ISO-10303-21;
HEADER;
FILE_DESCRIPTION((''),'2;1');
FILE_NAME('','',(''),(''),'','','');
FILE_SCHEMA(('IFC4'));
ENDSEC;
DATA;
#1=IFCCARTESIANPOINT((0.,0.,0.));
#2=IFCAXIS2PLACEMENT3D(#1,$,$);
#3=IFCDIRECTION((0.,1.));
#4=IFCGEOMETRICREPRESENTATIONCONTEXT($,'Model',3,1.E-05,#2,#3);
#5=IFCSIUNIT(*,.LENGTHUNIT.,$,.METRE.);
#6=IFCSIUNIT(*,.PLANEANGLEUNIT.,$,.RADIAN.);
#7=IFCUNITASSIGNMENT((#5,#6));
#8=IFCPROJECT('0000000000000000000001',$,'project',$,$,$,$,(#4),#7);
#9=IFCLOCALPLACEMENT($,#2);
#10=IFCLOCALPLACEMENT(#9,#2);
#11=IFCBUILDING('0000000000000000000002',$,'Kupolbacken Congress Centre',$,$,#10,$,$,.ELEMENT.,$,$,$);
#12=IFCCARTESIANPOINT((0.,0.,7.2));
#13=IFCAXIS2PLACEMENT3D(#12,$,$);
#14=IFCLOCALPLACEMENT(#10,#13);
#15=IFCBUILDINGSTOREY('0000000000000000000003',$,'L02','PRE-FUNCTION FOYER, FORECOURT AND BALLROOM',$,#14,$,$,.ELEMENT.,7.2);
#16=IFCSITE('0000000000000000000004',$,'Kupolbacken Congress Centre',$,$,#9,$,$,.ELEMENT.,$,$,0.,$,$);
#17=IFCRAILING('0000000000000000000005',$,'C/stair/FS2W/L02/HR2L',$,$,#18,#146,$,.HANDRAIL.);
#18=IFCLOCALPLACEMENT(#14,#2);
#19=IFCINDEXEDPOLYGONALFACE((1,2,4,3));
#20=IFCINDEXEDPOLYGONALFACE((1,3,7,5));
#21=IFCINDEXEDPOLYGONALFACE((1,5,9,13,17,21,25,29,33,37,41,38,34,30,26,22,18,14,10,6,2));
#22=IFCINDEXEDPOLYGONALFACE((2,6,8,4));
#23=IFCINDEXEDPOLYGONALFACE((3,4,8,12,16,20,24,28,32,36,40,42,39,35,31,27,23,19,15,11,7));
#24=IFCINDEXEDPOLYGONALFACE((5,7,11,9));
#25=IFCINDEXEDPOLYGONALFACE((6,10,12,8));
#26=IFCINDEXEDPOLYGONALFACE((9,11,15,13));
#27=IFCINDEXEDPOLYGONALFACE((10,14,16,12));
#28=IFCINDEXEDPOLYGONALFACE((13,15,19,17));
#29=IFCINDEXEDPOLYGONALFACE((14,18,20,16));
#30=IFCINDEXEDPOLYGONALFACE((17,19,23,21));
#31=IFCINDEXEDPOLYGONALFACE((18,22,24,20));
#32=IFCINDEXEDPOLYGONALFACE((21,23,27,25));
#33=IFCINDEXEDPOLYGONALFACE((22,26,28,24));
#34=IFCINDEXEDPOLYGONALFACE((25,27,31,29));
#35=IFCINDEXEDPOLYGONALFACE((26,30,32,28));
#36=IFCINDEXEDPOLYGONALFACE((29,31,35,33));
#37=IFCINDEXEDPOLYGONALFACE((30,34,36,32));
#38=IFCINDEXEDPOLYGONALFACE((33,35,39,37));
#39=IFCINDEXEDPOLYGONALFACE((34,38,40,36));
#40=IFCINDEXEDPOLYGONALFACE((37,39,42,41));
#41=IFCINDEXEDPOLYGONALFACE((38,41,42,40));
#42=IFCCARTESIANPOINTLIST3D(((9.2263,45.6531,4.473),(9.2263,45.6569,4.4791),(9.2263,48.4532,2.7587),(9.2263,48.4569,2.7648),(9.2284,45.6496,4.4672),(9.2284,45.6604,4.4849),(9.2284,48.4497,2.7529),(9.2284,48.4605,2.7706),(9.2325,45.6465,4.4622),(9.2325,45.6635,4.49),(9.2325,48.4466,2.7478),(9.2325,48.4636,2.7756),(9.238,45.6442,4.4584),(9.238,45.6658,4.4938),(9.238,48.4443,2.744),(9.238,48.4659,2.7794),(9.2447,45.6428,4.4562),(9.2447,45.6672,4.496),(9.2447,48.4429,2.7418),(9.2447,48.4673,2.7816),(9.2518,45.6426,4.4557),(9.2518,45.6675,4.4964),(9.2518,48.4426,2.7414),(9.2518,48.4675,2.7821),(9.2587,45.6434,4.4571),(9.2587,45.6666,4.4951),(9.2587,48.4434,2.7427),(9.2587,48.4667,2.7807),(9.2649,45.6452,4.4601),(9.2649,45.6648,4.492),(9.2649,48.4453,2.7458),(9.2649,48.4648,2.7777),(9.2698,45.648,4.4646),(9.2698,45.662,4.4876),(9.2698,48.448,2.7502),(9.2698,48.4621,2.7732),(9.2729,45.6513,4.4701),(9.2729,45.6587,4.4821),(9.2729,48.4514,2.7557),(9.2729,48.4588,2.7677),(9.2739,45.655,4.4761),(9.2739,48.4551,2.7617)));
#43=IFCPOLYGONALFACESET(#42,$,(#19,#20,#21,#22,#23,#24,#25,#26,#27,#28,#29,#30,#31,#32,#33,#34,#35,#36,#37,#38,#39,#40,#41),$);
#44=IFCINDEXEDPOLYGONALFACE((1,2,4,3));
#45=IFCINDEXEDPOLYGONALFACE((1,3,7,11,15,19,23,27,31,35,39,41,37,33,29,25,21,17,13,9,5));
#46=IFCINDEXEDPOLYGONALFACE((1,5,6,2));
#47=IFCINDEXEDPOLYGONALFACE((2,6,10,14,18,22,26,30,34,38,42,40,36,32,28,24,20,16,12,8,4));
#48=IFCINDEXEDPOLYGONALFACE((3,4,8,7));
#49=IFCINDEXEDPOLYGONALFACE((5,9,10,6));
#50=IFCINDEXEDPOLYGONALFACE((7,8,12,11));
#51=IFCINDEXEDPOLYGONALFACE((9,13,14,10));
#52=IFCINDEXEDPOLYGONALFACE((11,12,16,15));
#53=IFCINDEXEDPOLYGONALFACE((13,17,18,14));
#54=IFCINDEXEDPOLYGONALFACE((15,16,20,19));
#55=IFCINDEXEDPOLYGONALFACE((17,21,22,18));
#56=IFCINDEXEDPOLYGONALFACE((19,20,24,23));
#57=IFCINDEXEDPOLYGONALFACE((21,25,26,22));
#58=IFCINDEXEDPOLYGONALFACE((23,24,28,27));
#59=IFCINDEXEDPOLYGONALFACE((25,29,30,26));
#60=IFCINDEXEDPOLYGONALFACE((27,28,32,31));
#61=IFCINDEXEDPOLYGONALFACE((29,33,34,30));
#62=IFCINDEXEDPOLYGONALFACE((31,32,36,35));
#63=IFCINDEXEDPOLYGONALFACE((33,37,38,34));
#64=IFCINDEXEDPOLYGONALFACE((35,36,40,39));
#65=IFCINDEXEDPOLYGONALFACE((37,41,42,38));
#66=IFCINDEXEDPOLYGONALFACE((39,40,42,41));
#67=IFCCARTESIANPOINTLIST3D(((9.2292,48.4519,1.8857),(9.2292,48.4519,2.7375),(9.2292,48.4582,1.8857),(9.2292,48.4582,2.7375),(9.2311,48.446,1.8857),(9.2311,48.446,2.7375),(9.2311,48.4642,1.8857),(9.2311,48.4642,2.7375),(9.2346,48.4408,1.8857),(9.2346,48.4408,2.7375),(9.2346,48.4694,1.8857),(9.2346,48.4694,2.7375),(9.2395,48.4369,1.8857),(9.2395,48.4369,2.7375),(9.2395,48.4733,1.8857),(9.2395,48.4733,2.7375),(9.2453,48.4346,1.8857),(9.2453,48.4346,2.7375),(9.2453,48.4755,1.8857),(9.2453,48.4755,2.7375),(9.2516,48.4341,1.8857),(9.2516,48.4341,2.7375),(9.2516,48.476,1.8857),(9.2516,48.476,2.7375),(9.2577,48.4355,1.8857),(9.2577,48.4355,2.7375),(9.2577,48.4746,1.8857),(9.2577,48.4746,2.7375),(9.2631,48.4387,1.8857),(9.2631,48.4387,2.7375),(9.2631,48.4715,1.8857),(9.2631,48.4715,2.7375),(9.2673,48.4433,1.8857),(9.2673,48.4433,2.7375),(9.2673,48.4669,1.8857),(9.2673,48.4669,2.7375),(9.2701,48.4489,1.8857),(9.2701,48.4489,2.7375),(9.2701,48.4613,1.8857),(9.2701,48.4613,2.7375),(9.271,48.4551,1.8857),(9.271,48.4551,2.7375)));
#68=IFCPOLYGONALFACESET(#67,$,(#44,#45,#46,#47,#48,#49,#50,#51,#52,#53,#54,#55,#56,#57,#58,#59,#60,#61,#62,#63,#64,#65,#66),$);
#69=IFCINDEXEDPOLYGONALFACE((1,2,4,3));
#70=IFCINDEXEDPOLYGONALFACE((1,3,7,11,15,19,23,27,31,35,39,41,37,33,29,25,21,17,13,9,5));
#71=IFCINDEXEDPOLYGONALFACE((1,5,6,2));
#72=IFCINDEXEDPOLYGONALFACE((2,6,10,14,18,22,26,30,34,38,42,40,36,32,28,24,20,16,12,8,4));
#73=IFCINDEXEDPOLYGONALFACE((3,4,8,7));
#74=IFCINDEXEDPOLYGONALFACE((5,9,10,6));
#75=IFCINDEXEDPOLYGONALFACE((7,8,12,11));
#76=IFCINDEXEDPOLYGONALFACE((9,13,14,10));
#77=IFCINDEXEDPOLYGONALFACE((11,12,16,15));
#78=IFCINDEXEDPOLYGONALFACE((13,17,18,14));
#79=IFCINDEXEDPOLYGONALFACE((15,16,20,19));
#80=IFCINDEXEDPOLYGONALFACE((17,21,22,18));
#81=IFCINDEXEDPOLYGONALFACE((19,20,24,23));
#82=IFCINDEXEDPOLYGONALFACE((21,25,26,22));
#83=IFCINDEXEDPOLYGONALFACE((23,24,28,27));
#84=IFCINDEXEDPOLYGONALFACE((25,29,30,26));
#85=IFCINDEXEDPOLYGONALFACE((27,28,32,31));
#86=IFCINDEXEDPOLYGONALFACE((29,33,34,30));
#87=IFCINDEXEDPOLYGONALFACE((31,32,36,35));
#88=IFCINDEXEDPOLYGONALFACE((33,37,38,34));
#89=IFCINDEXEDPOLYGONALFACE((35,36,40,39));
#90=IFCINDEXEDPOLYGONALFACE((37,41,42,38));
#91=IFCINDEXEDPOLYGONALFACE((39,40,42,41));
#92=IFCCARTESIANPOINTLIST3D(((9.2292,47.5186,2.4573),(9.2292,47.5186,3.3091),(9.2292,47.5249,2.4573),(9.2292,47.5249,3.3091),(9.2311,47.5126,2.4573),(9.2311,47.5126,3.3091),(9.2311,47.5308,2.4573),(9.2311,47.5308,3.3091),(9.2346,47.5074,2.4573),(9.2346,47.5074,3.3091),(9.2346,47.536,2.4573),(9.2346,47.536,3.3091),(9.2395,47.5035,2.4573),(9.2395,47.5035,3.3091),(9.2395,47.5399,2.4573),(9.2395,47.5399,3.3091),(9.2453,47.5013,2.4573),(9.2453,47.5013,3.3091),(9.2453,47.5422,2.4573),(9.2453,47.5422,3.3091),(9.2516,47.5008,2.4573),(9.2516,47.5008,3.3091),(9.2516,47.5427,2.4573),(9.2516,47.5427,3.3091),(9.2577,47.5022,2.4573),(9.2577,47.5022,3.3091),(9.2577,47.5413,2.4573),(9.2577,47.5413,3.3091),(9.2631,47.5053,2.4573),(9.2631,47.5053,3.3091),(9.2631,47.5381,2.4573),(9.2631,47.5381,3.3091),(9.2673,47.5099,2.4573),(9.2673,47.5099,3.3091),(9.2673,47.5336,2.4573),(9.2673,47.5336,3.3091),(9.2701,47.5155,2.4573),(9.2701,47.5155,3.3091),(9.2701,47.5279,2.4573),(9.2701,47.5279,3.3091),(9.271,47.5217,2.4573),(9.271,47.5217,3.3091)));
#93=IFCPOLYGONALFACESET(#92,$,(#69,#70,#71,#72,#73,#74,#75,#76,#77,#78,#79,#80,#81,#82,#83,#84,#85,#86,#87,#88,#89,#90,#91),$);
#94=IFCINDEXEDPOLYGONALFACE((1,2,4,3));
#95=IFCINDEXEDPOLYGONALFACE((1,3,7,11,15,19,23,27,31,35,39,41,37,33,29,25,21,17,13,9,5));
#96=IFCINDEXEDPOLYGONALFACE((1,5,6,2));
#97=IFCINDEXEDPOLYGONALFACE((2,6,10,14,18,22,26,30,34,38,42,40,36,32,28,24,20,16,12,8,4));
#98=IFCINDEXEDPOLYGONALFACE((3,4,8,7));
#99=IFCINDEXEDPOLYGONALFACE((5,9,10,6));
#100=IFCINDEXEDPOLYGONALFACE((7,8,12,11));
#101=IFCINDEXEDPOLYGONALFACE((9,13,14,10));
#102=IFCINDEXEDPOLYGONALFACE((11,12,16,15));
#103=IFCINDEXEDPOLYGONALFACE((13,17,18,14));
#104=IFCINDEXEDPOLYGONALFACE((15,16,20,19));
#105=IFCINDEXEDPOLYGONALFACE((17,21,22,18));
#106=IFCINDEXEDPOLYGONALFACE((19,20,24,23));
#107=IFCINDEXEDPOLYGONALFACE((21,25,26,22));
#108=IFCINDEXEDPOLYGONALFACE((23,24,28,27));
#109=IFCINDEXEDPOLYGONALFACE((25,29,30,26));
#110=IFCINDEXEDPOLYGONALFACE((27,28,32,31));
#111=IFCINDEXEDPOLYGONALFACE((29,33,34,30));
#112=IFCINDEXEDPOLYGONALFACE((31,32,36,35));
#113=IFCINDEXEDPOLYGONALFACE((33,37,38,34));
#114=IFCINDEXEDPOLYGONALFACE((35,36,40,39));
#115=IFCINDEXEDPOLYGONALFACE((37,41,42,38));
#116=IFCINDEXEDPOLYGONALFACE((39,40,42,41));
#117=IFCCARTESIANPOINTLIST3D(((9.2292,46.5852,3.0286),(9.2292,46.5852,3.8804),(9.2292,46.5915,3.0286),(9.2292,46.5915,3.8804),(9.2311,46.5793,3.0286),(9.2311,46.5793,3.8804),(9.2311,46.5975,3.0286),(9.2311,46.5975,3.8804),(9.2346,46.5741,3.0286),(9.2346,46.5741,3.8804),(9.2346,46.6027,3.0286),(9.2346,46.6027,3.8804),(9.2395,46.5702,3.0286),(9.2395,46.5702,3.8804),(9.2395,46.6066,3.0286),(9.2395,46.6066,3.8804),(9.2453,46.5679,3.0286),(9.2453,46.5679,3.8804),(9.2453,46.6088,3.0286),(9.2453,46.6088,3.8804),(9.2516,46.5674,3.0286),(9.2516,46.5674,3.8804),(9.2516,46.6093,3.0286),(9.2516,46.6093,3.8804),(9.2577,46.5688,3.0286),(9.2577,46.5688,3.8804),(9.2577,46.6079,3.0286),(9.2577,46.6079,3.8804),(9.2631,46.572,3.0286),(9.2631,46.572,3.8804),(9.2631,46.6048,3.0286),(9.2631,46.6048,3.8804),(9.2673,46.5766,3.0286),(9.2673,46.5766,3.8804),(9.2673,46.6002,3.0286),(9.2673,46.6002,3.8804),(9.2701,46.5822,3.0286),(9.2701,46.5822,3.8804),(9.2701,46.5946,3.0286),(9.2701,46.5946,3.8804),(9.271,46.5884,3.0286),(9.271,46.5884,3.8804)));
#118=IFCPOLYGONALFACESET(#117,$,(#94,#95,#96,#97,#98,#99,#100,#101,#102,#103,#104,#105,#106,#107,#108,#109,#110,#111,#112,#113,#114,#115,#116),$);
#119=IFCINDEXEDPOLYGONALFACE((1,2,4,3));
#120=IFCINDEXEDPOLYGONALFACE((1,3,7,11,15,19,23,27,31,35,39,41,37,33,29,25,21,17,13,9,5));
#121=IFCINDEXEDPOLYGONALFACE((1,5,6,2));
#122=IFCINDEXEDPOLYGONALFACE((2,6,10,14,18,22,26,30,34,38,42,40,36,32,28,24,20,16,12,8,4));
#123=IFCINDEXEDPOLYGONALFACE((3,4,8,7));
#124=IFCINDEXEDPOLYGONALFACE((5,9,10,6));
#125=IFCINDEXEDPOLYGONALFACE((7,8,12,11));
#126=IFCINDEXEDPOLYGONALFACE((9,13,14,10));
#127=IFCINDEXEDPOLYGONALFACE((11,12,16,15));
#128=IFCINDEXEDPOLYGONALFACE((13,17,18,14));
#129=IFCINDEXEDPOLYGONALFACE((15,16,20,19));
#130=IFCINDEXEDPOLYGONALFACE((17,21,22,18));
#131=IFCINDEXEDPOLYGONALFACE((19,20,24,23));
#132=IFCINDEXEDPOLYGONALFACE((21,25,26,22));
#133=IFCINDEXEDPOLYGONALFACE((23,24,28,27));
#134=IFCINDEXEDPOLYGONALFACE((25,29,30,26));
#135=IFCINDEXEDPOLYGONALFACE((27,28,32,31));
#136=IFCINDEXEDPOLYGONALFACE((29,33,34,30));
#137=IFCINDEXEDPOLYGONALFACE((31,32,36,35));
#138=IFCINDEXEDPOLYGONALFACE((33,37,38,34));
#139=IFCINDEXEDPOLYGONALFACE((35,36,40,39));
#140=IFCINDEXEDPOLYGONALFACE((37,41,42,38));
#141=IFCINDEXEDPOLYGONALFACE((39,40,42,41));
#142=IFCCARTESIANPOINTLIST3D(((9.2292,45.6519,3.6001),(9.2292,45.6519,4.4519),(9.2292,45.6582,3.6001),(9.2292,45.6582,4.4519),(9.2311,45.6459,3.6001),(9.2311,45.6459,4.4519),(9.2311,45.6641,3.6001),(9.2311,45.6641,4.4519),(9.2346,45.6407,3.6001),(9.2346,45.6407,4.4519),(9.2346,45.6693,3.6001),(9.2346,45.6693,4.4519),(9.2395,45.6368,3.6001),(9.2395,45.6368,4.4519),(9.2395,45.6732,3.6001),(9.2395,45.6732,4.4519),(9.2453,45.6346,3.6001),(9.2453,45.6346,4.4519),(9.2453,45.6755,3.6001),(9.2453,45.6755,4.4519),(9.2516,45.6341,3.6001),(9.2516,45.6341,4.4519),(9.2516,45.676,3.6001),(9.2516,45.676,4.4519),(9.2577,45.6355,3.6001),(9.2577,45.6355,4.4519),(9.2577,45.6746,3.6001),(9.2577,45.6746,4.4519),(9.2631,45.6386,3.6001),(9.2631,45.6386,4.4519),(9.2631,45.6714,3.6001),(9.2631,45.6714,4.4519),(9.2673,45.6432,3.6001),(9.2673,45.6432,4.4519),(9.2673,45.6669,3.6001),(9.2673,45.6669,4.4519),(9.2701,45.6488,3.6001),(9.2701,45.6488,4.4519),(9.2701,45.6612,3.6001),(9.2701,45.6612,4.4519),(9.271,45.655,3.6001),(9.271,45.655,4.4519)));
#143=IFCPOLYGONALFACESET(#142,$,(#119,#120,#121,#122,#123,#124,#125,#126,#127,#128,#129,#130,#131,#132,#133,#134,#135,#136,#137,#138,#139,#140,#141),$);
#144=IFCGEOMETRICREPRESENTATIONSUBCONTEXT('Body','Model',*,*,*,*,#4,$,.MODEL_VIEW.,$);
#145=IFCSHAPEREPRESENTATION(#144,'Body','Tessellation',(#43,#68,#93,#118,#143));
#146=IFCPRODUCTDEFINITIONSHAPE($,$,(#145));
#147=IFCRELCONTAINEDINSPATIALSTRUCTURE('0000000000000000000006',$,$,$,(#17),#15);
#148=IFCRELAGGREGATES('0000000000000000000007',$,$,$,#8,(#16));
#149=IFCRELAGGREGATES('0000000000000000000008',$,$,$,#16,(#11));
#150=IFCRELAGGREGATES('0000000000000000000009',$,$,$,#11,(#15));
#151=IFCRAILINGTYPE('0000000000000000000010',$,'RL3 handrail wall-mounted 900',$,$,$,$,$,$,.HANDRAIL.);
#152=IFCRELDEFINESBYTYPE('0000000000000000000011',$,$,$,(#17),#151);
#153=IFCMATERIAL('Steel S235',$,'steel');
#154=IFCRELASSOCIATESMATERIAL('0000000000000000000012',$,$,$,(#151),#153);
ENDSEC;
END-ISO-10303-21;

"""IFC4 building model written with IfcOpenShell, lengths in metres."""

from ifc_helpers import new_model, si_unit, direction, frame, origin, origin_2d, place, context, subcontext, project, spatial, circle, extrude, material, type_object, element, save


model = new_model("IFC4")

# Units and contexts
model_context = context("Model", 3, precision=1e-05, world=origin(), true_north=direction((0.0, 1.0)))
body_context = subcontext(model_context, "Body", "Model", "MODEL_VIEW")
ifc_project = project(units=[si_unit("LENGTHUNIT", "METRE"), si_unit("PLANEANGLEUNIT", "RADIAN")], contexts=[model_context])

# Site, building, storey
site_placement = place(None, origin())
site = spatial("IfcSite", under=ifc_project, at=site_placement, Name="Kupolbacken Congress Centre", CompositionType="ELEMENT", RefElevation=0.0)
building_placement = place(site_placement, origin())
building = spatial("IfcBuilding", under=site, at=building_placement, Name="Kupolbacken Congress Centre", CompositionType="ELEMENT")
storey_placement = place(building_placement, frame((0.0, 0.0, 7.2)))
storey = spatial("IfcBuildingStorey", under=building, at=storey_placement, Name="L02", Description="PRE-FUNCTION FOYER, FORECOURT AND BALLROOM", CompositionType="ELEMENT", Elevation=7.2)

# Railing
ifc_material_1 = material(Name="Steel S235", Category="steel")
railing_type = type_object("IfcRailingType", Name="RL3 handrail wall-mounted 900", PredefinedType="HANDRAIL", material=ifc_material_1)
for number, where, name in (
    (1, (9.25, 48.4551, 1.8857), "C/stair/FS2W/L02/HR2L"),
):
    element("IfcRailing", number, at=place(storey_placement, frame(where)), inside=storey, type_object=railing_type, Name=name, PredefinedType="HANDRAIL", context=body_context, shape_type="SweptSolid", body=[
        extrude(circle(Radius=0.0239, at=origin_2d()), frame((0.0, 0.0, 0.876), z_axis=(0.0, -0.852846, 0.522163), x_axis=(1.0, 0.0, 0.0)), (0.0, 0.0, 1.0), 3.2832),
        extrude(circle(Radius=0.021, at=origin_2d()), origin(), (0.0, 0.0, 1.0), 0.8518),
        extrude(circle(Radius=0.021, at=origin_2d()), frame((0.0, -0.9333, 0.5715)), (0.0, 0.0, 1.0), 0.8518),
        extrude(circle(Radius=0.021, at=origin_2d()), frame((0.0, -1.8667, 1.1428)), (0.0, 0.0, 1.0), 0.8518),
        extrude(circle(Radius=0.021, at=origin_2d()), frame((0.0, -2.8, 1.7144)), (0.0, 0.0, 1.0), 0.8518),
    ])

save(model, "model.ifc")
